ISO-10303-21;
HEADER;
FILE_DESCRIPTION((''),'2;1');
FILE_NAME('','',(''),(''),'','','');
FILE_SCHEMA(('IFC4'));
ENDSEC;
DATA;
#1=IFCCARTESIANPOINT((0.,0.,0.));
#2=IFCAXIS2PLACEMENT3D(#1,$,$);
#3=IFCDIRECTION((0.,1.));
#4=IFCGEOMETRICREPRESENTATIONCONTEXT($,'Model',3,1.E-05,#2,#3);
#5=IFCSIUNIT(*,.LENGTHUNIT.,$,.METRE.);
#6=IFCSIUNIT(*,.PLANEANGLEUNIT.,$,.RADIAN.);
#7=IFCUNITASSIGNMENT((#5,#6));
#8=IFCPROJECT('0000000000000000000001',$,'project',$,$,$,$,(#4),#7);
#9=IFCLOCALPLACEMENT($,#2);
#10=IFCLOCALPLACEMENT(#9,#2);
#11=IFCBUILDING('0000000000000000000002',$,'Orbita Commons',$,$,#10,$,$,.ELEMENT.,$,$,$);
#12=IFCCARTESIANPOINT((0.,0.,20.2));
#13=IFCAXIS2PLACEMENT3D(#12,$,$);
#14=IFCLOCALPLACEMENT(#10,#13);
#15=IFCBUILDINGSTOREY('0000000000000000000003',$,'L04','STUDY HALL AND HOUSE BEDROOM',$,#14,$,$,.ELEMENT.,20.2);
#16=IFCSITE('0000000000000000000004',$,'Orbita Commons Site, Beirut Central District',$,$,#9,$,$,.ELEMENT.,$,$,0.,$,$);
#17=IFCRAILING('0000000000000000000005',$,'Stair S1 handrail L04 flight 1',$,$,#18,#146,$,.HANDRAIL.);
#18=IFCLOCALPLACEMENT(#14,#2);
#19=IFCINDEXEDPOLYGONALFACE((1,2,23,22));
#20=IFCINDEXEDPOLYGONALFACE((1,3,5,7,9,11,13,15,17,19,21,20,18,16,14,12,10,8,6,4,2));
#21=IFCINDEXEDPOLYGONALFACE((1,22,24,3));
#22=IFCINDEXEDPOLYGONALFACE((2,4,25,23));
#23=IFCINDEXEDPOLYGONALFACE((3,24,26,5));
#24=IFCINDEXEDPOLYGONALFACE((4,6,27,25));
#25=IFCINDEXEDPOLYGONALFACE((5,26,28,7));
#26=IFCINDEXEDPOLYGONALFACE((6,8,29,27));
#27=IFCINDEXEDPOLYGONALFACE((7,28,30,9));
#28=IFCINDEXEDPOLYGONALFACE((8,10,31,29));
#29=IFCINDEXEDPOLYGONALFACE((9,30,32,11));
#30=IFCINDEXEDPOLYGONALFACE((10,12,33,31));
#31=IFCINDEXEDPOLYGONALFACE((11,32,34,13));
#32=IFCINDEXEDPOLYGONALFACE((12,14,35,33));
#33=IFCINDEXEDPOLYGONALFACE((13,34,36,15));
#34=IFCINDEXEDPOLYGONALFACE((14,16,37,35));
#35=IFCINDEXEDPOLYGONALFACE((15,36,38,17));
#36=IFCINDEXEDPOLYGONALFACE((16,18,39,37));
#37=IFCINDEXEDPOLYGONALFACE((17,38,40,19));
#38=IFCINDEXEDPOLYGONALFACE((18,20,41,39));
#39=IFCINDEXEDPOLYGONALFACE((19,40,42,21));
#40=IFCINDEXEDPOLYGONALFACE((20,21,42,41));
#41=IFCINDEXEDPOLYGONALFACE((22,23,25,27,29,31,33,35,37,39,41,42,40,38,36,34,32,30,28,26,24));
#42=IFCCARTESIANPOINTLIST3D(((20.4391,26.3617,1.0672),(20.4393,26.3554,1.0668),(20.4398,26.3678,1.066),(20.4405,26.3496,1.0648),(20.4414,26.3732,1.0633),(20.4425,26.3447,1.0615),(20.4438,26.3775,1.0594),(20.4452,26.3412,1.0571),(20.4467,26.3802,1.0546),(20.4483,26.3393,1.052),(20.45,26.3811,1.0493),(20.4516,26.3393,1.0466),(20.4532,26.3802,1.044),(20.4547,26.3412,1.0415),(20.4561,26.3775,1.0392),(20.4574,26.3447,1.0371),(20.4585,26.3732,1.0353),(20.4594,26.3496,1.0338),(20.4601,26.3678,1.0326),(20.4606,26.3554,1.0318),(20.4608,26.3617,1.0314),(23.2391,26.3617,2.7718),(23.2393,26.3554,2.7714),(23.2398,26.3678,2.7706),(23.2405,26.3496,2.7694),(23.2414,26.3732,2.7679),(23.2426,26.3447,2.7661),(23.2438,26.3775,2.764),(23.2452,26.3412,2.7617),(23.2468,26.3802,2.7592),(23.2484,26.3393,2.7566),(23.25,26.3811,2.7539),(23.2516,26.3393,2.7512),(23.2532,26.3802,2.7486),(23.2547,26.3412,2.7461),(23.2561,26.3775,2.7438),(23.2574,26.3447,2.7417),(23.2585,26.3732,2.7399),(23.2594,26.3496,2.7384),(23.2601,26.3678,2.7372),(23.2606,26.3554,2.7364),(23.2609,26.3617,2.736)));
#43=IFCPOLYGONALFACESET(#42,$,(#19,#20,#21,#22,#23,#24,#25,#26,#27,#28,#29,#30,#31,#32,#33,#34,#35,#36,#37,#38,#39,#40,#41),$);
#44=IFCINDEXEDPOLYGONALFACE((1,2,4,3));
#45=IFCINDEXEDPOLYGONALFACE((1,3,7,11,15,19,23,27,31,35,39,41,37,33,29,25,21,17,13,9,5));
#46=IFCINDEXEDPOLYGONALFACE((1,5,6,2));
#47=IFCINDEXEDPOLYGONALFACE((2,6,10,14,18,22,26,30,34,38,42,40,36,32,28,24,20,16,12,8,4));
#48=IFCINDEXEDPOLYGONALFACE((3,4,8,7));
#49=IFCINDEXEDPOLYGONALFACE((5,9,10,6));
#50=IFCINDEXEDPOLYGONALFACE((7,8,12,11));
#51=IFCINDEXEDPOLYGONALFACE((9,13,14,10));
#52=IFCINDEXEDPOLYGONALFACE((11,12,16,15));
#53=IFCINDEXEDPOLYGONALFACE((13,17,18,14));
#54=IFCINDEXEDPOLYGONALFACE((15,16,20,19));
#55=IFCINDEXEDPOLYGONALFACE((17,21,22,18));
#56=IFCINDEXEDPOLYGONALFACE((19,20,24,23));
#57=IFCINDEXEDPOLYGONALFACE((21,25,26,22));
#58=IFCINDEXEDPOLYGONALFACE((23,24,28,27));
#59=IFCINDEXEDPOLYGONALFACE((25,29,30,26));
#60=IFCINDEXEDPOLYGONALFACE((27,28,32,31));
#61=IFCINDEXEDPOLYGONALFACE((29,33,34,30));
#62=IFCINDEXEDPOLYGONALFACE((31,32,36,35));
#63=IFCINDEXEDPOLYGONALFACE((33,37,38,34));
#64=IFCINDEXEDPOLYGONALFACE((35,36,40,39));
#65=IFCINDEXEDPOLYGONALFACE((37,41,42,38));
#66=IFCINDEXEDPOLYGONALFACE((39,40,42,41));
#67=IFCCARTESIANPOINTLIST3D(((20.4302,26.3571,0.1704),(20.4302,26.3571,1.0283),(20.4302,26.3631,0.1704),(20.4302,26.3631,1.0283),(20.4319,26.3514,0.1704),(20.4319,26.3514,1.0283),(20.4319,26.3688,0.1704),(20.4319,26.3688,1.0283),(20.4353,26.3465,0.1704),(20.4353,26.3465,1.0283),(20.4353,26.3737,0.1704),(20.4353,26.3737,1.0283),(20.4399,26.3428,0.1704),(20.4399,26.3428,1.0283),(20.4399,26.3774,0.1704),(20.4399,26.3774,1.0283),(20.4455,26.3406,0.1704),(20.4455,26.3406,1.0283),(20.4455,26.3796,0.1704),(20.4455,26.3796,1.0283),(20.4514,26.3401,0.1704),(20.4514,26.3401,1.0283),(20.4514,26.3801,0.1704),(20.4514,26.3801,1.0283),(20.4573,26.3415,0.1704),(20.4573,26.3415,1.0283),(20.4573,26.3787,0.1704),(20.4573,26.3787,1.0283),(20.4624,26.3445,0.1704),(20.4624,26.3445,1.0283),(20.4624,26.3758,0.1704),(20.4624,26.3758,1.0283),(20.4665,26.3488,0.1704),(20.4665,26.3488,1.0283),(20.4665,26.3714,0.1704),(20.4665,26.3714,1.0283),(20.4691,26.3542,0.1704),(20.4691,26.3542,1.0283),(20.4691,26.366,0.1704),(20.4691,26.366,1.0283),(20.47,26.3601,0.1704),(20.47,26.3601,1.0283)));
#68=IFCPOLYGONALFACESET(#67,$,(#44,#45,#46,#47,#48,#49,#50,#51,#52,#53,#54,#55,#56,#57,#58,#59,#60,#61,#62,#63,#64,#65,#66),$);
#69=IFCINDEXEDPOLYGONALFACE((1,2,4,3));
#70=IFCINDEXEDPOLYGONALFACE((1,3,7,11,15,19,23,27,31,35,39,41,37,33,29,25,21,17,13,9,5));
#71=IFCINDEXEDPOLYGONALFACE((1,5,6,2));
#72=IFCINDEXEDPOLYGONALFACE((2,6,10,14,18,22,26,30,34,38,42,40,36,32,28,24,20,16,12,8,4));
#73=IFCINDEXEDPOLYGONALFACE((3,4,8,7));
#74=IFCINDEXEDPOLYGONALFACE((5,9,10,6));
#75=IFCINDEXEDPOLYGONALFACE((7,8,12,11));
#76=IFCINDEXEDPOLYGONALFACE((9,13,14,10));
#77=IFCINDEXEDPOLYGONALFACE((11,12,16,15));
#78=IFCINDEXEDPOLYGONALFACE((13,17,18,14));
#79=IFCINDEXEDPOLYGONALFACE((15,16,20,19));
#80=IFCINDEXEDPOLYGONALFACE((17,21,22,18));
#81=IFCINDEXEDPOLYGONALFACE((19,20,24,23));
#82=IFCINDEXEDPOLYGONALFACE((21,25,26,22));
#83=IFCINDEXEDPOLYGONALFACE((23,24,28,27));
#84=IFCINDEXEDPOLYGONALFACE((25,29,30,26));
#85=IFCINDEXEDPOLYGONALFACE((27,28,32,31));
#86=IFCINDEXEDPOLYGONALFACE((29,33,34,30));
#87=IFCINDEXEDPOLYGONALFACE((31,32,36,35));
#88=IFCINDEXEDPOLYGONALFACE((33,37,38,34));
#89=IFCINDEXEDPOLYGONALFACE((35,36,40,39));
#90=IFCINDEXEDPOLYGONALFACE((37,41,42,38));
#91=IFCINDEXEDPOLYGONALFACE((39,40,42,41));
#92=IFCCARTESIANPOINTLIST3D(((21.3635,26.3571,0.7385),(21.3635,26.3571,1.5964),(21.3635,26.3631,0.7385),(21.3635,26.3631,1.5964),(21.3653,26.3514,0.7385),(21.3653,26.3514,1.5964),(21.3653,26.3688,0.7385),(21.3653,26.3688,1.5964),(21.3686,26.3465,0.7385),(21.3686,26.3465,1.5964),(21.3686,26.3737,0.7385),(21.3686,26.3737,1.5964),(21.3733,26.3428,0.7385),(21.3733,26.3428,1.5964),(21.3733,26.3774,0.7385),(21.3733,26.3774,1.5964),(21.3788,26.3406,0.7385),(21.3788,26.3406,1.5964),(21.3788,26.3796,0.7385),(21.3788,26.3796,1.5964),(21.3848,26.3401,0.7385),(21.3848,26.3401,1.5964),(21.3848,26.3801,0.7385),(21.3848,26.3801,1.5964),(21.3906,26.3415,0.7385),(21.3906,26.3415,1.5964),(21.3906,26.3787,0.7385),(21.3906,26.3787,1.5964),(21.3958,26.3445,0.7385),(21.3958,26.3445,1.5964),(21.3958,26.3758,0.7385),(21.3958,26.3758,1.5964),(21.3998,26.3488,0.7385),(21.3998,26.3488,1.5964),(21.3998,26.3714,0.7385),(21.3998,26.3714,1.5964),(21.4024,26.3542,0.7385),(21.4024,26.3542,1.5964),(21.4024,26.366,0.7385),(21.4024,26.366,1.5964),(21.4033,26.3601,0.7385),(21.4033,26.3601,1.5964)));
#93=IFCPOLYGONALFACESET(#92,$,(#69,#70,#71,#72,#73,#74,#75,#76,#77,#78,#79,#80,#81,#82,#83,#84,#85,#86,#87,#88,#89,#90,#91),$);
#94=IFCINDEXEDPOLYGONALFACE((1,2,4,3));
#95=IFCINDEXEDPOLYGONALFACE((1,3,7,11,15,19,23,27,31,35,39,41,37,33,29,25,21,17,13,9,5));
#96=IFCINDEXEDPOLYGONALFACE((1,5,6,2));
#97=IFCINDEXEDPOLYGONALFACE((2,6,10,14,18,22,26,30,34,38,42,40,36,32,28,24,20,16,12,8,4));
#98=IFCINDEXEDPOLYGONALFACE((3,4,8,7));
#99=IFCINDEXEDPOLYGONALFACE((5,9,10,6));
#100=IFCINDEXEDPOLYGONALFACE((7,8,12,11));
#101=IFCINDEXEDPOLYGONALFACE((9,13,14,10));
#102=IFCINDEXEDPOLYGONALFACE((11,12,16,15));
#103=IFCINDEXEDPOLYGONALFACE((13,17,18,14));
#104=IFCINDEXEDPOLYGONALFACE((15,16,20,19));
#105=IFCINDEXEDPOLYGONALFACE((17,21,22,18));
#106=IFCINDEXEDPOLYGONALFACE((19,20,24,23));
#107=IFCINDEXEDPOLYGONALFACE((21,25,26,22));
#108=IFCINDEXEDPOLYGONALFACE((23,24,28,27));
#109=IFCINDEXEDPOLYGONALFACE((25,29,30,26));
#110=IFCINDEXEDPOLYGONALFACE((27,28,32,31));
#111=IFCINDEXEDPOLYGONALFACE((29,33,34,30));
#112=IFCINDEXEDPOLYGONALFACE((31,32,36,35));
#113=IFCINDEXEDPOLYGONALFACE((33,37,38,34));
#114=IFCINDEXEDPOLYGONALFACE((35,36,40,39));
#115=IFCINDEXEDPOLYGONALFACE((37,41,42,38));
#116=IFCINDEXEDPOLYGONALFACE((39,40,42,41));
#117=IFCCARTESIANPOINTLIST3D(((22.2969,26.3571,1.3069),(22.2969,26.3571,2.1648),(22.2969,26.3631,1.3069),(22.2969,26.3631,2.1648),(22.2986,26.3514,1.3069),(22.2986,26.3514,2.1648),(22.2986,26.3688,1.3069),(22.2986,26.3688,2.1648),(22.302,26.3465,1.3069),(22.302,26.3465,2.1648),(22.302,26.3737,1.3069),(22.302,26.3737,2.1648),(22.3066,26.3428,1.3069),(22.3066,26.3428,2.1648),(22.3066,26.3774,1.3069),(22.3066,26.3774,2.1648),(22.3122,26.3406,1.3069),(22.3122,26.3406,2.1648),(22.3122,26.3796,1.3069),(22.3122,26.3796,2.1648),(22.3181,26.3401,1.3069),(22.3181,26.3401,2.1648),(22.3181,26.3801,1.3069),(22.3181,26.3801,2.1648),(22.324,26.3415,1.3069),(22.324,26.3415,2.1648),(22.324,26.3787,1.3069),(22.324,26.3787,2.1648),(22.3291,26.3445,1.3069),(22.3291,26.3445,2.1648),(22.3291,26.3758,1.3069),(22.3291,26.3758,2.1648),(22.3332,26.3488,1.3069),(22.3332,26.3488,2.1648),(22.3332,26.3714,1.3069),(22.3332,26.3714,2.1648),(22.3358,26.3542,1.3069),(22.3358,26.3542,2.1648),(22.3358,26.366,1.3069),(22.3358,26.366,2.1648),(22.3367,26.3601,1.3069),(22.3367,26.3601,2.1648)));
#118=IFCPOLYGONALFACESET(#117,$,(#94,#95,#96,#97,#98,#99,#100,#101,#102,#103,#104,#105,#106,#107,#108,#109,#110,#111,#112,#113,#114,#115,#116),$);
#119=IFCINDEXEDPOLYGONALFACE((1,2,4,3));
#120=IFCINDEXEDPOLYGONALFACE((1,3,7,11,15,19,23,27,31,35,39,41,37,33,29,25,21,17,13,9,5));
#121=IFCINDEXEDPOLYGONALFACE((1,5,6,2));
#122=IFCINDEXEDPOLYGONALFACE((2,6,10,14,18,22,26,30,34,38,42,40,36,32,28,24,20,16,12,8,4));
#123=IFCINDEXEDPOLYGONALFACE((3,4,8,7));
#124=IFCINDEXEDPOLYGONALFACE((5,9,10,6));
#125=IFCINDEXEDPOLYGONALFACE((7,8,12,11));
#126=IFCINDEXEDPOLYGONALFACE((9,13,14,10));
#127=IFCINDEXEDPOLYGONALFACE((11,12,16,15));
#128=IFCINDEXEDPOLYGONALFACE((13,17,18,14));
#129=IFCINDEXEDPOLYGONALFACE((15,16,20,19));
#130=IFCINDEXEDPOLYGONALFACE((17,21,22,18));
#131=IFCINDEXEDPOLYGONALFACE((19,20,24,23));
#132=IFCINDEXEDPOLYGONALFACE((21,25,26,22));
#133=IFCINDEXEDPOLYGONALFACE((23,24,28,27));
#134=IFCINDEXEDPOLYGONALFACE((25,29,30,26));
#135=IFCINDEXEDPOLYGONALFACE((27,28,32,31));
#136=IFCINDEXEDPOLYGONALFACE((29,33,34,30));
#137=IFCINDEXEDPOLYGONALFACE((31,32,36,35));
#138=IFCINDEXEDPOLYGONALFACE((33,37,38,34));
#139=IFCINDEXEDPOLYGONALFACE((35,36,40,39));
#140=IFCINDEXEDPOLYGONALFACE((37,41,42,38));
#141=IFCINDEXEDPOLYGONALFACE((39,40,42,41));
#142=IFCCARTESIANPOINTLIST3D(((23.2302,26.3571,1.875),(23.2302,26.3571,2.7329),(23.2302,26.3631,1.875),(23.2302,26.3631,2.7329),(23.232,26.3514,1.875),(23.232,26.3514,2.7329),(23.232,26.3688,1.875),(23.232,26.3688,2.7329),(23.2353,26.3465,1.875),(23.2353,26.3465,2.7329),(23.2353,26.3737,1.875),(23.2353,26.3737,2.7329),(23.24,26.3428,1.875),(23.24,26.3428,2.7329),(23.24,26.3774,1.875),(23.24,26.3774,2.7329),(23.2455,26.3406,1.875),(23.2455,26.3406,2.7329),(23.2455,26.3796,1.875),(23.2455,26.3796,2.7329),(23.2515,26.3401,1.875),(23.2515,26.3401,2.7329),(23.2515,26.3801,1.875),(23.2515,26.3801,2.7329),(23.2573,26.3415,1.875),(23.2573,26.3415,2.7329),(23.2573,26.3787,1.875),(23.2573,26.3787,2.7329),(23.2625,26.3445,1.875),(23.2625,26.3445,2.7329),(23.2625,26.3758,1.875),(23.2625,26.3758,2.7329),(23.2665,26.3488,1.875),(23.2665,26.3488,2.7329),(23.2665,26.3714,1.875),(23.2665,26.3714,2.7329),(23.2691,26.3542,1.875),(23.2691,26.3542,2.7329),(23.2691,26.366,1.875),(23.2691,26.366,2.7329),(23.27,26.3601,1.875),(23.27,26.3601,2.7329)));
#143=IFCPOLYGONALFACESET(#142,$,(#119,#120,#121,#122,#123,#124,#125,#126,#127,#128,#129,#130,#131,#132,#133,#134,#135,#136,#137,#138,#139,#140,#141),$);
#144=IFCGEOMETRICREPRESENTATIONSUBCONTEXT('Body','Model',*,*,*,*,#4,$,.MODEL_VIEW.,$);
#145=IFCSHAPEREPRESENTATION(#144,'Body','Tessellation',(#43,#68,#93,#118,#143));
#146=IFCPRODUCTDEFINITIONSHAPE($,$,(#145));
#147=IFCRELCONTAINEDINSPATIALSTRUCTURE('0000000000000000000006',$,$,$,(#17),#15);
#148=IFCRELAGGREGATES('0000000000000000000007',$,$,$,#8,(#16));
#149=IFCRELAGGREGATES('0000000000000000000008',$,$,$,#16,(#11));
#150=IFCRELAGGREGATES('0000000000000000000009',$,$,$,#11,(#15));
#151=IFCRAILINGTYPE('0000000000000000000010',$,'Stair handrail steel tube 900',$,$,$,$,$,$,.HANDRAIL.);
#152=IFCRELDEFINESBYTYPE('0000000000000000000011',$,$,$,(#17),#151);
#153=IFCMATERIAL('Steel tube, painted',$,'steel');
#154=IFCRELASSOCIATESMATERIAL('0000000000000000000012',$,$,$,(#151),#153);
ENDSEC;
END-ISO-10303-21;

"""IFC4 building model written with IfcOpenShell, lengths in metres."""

from ifc_helpers import new_model, si_unit, direction, frame, origin, origin_2d, place, context, subcontext, project, spatial, circle, extrude, material, type_object, element, save


model = new_model("IFC4")

# Units and contexts
model_context = context("Model", 3, precision=1e-05, world=origin(), true_north=direction((0.0, 1.0)))
body_context = subcontext(model_context, "Body", "Model", "MODEL_VIEW")
ifc_project = project(units=[si_unit("LENGTHUNIT", "METRE"), si_unit("PLANEANGLEUNIT", "RADIAN")], contexts=[model_context])

# Site, building, storey
site_placement = place(None, origin())
site = spatial("IfcSite", under=ifc_project, at=site_placement, Name="Orbita Commons Site, Beirut Central District", CompositionType="ELEMENT", RefElevation=0.0)
building_placement = place(site_placement, origin())
building = spatial("IfcBuilding", under=site, at=building_placement, Name="Orbita Commons", CompositionType="ELEMENT")
storey_placement = place(building_placement, frame((0.0, 0.0, 20.2)))
storey = spatial("IfcBuildingStorey", under=building, at=storey_placement, Name="L04", Description="STUDY HALL AND HOUSE BEDROOM", CompositionType="ELEMENT", Elevation=20.2)

# Railing
ifc_material_1 = material(Name="Steel tube, painted", Category="steel")
railing_type = type_object("IfcRailingType", Name="Stair handrail steel tube 900", PredefinedType="HANDRAIL", material=ifc_material_1)
for number, where, name in (
    (1, (20.45, 26.3601, 0.1704), "Stair S1 handrail L04 flight 1"),
):
    element("IfcRailing", number, at=place(storey_placement, frame(where)), inside=storey, type_object=railing_type, Name=name, PredefinedType="HANDRAIL", context=body_context, shape_type="SweptSolid", body=[
        extrude(circle(Radius=0.021, at=origin_2d()), frame((0.0, 0.0, 0.8789), z_axis=(0.85417, 0.0, 0.519994), x_axis=(0.0, 1.0, 0.0)), (0.0, 0.0, 1.0), 3.2781),
        extrude(circle(Radius=0.02, at=origin_2d()), origin(), (0.0, 0.0, 1.0), 0.8579),
        extrude(circle(Radius=0.02, at=origin_2d()), frame((0.9333, 0.0, 0.5681)), (0.0, 0.0, 1.0), 0.8579),
        extrude(circle(Radius=0.02, at=origin_2d()), frame((1.8667, 0.0, 1.1365)), (0.0, 0.0, 1.0), 0.8579),
        extrude(circle(Radius=0.02, at=origin_2d()), frame((2.8, 0.0, 1.7046)), (0.0, 0.0, 1.0), 0.8579),
    ])

save(model, "model.ifc")
